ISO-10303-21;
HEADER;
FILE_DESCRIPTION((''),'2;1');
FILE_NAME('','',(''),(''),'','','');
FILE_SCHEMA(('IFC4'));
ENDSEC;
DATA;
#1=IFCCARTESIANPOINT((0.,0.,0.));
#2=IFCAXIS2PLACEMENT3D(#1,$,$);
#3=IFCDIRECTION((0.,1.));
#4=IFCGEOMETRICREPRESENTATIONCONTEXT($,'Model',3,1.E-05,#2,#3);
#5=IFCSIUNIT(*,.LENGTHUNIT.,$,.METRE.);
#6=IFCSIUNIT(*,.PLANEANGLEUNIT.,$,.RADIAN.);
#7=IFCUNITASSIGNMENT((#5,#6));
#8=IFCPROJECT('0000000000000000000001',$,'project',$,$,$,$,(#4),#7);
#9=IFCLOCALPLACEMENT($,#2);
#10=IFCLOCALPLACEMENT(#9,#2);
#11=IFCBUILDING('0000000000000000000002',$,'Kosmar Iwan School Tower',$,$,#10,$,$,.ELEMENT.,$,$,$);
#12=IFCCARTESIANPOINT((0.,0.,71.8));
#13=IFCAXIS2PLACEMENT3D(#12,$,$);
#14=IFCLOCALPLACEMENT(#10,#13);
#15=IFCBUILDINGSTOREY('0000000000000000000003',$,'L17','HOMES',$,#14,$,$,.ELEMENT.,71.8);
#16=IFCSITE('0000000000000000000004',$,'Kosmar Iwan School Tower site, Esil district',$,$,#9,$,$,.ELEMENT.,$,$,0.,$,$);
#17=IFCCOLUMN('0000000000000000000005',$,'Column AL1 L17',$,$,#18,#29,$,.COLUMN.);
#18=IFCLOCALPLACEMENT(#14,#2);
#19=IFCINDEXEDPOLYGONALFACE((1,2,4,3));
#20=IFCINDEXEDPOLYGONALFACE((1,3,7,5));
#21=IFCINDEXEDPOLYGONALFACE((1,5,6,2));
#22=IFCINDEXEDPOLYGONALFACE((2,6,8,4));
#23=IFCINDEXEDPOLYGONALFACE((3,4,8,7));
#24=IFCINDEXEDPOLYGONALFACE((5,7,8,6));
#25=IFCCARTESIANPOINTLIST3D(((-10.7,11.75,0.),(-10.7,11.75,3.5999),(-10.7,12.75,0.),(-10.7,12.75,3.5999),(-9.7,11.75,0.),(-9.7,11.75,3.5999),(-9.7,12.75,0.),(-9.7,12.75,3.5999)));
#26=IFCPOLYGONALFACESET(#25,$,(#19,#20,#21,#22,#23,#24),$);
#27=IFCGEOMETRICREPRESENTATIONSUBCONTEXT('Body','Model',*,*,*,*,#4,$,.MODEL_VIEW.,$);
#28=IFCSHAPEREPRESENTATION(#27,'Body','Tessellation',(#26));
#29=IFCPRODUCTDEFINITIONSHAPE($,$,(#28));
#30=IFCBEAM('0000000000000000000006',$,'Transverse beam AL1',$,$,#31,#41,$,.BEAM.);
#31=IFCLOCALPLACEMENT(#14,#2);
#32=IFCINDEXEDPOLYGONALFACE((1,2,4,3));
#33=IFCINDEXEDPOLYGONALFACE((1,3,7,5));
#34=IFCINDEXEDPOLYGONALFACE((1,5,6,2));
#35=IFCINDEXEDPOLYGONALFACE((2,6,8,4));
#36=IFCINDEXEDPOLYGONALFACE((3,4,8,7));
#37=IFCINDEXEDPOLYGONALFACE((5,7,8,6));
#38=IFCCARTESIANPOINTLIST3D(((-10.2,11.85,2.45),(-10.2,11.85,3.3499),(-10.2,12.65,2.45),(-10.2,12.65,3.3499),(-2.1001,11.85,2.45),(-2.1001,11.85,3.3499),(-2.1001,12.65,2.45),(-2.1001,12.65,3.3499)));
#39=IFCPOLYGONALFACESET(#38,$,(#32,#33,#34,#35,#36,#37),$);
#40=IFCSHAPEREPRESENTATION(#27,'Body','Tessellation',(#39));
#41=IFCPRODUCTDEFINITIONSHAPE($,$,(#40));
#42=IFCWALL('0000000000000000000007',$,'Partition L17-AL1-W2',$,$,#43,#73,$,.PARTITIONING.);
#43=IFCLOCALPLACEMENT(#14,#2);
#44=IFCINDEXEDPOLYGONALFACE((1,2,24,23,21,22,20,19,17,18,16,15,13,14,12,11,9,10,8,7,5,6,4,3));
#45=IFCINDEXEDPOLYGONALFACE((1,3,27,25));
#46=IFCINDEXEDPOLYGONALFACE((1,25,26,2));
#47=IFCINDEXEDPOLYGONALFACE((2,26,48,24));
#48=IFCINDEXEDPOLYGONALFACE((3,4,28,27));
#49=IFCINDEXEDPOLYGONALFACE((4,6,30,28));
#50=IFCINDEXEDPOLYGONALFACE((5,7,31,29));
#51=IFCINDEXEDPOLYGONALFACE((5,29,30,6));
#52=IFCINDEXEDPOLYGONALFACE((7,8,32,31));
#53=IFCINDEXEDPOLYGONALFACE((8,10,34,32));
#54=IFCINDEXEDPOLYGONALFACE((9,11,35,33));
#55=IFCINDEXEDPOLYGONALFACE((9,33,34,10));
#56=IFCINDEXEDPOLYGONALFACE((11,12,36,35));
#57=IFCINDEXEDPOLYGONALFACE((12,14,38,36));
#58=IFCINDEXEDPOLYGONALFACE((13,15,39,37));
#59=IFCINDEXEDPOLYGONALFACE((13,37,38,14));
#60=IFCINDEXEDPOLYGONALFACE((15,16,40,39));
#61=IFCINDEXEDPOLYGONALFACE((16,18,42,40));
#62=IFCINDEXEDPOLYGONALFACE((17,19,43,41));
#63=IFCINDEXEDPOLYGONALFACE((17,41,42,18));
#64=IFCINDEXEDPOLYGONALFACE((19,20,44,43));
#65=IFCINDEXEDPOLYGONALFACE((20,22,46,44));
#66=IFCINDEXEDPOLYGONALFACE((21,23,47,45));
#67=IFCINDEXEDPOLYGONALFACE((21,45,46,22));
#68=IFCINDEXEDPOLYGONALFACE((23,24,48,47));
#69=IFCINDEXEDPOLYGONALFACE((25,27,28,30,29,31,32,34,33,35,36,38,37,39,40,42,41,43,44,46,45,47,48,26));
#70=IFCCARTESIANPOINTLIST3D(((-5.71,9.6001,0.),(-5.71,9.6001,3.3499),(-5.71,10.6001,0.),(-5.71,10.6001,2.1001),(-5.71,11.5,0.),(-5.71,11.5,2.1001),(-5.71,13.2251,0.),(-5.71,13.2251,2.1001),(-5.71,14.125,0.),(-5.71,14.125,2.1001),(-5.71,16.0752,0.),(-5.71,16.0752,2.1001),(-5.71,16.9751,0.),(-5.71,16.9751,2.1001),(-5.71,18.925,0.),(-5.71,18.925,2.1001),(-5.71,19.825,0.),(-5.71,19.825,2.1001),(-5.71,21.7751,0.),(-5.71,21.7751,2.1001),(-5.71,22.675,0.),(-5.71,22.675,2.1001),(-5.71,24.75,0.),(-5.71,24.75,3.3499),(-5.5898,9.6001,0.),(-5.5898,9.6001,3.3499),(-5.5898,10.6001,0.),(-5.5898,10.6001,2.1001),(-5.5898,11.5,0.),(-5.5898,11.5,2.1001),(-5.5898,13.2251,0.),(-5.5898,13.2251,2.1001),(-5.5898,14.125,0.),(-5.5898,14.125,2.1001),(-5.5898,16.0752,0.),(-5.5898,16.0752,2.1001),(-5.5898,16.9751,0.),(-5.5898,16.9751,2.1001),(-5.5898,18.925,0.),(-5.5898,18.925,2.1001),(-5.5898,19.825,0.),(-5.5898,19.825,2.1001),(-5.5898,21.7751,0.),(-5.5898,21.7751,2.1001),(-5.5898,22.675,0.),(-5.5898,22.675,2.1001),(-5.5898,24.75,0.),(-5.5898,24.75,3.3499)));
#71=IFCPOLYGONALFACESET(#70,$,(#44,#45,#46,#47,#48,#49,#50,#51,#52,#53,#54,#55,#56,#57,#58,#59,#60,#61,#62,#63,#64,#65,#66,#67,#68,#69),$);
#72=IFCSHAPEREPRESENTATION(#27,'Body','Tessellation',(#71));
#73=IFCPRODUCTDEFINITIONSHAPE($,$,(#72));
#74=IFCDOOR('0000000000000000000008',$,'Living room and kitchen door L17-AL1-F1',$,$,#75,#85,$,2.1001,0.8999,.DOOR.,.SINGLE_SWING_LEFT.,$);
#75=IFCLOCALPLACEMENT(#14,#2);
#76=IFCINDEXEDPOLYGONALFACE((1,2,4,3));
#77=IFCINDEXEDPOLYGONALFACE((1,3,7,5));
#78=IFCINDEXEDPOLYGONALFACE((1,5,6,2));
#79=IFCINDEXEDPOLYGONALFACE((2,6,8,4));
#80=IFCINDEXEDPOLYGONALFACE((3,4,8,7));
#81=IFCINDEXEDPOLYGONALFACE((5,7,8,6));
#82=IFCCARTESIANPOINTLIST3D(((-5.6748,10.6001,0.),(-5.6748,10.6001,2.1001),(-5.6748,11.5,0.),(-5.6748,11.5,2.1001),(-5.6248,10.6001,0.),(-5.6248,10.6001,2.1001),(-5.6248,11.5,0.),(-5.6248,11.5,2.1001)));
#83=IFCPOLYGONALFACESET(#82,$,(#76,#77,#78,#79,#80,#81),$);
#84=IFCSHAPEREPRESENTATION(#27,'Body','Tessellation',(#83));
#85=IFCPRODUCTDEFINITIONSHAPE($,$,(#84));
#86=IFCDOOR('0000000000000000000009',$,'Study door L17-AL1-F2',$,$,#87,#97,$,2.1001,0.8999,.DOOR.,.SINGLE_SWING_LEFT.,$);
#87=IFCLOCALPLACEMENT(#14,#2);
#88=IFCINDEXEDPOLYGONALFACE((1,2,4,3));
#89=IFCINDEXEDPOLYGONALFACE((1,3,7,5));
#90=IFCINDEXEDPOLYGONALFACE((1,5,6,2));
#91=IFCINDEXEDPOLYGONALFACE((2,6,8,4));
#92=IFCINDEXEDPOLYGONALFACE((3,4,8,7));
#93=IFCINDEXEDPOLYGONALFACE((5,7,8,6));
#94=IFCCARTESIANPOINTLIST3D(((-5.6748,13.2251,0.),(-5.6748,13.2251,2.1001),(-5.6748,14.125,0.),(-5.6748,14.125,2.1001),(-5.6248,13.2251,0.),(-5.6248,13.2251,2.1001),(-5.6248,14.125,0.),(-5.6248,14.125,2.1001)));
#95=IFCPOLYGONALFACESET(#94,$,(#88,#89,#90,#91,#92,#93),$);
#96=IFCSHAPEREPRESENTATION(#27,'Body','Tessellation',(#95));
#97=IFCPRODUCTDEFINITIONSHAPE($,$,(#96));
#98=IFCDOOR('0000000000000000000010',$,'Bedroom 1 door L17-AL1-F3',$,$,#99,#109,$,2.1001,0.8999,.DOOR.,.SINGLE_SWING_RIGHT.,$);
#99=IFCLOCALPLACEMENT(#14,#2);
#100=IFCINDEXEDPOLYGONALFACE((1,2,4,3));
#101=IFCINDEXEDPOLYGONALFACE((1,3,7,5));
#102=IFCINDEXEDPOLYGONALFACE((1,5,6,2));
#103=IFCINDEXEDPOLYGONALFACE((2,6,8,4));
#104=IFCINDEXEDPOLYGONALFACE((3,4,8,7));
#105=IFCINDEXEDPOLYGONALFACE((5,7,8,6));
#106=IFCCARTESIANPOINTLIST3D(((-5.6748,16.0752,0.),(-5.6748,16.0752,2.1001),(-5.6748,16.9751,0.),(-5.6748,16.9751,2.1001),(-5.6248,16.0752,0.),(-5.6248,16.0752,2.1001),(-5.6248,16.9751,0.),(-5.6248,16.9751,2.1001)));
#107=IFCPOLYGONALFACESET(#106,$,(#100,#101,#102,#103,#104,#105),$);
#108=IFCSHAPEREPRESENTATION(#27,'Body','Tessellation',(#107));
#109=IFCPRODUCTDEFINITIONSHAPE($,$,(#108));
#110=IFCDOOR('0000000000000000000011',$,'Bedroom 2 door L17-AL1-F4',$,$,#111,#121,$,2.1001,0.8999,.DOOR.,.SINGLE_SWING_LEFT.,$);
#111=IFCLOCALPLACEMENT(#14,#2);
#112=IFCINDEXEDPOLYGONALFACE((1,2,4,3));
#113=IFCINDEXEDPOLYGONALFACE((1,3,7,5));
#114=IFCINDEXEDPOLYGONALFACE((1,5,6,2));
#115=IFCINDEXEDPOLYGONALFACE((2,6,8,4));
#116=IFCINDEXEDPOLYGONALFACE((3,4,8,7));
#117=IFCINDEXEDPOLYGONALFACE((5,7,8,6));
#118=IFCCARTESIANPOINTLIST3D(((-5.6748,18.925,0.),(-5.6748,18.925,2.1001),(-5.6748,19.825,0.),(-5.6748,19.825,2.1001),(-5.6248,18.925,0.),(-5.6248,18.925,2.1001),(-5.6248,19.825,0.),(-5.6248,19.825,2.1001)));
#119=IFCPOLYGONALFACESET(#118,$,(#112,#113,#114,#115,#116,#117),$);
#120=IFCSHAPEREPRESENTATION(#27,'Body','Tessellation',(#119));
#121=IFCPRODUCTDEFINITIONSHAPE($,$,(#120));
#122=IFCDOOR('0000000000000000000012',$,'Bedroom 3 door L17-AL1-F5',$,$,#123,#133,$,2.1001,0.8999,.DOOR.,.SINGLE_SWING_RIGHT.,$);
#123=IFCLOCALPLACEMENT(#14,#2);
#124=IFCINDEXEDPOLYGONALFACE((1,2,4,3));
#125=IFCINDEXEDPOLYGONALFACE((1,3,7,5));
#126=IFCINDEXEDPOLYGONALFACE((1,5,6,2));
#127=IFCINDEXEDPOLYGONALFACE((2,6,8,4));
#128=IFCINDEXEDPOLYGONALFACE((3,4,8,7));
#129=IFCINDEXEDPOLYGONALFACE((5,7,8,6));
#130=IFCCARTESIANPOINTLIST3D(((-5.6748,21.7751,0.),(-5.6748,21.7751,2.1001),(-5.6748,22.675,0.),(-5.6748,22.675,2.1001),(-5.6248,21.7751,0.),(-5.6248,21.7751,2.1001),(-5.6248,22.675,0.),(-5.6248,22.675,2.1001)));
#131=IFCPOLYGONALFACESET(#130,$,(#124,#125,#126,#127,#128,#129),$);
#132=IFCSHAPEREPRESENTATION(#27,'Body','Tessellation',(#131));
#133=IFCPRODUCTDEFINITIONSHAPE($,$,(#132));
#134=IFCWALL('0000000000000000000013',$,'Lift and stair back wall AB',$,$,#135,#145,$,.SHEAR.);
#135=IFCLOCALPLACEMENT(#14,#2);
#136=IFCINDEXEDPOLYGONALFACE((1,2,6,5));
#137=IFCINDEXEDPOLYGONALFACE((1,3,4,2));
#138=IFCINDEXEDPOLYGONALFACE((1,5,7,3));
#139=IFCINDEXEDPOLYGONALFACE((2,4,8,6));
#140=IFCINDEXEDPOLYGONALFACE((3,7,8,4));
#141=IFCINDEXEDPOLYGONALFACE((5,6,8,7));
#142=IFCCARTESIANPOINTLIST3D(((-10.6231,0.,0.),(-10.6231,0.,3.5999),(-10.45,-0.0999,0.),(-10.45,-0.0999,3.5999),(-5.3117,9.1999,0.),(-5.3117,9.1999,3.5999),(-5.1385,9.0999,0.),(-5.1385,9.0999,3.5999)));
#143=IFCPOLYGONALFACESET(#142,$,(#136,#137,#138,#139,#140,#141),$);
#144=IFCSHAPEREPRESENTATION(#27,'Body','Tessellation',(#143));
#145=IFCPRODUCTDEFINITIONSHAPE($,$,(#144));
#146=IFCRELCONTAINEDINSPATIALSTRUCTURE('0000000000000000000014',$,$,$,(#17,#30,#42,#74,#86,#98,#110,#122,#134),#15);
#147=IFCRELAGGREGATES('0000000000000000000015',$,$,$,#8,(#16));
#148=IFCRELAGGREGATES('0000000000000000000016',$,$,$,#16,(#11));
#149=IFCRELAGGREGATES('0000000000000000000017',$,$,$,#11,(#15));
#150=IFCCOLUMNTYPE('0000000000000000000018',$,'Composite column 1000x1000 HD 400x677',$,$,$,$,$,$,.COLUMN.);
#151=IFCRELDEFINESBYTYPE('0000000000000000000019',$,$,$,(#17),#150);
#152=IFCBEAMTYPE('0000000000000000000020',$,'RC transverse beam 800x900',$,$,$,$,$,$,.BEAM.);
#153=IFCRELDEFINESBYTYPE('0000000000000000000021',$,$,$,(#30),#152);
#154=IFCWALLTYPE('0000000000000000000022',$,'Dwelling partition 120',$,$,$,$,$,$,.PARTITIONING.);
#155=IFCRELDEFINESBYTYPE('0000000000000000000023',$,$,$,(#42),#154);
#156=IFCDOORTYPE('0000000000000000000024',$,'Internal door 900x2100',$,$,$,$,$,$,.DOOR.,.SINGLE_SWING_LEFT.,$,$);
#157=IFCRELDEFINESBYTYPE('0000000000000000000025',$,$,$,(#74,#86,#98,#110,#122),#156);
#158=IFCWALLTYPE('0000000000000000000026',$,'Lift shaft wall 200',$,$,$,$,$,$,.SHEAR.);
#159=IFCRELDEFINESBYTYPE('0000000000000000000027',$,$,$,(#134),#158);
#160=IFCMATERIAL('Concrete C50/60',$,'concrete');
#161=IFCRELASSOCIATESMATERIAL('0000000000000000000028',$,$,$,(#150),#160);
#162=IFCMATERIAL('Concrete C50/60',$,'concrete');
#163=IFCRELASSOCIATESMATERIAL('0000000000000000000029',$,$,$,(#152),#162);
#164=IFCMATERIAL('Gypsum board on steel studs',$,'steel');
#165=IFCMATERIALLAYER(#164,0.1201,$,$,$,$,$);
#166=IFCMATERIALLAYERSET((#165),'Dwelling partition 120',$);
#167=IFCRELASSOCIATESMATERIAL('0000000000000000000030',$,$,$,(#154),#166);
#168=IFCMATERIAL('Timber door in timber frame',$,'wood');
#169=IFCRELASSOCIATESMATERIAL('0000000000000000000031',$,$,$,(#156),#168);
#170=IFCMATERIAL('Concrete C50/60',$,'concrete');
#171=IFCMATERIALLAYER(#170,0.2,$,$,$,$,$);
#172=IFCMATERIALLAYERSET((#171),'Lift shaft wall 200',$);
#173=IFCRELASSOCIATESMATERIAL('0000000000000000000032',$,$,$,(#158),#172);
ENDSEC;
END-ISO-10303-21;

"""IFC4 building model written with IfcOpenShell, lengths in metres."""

from ifc_helpers import new_model, si_unit, direction, frame, frame_2d, origin, origin_2d, place, context, subcontext, project, spatial, rectangle, extrude, material, layer, layer_set, material_profile, profile_set, type_object, element, fill, save


model = new_model("IFC4")

# Units and contexts
model_context = context("Model", 3, precision=1e-05, world=origin(), true_north=direction((0.0, 1.0)))
body_context = subcontext(model_context, "Body", "Model", "MODEL_VIEW")
ifc_project = project(units=[si_unit("LENGTHUNIT", "METRE"), si_unit("PLANEANGLEUNIT", "RADIAN")], contexts=[model_context])

# Site, building, storey
site_placement = place(None, origin())
site = spatial("IfcSite", under=ifc_project, at=site_placement, Name="Kosmar Iwan School Tower site, Esil district", CompositionType="ELEMENT", RefElevation=0.0)
building_placement = place(site_placement, origin())
building = spatial("IfcBuilding", under=site, at=building_placement, Name="Kosmar Iwan School Tower", CompositionType="ELEMENT")
storey_placement = place(building_placement, frame((0.0, 0.0, 71.8)))
storey = spatial("IfcBuildingStorey", under=building, at=storey_placement, Name="L17", Description="HOMES", CompositionType="ELEMENT", Elevation=71.8)

# Column
ifc_material_1 = material(Name="Concrete C50/60", Category="concrete")
ifc_material_profile_1 = material_profile(ifc_material_1, rectangle(XDim=1.0, YDim=1.0, at=origin_2d()), Name="RC 1000x1000 + HD 400x677")
ifc_profile_set_1 = profile_set([ifc_material_profile_1], Name="Concrete C50/60")
column_type = type_object("IfcColumnType", Name="Composite column 1000x1000 HD 400x677", PredefinedType="COLUMN", material=ifc_profile_set_1)
column_placement = place(storey_placement, frame((-10.2, 12.25, 0.0), z_axis=(0.0, 0.0, 1.0), x_axis=(0.0, 1.0, 0.0)))
element("IfcColumn", 1, at=column_placement, inside=storey, type_object=column_type, Name="Column AL1 L17", PredefinedType="COLUMN", context=body_context, shape_type="SweptSolid", body=[
    extrude(rectangle(XDim=1.0, YDim=1.0, at=origin_2d()), origin(), (0.0, 0.0, 1.0), 3.5999),
])

# Beam
ifc_material_2 = material(Name="Concrete C50/60", Category="concrete")
ifc_material_profile_2 = material_profile(ifc_material_2, rectangle(XDim=0.8, YDim=0.8999, at=origin_2d()), Name="RC 800x900")
ifc_profile_set_2 = profile_set([ifc_material_profile_2], Name="Concrete C50/60")
beam_type = type_object("IfcBeamType", Name="RC transverse beam 800x900", PredefinedType="BEAM", material=ifc_profile_set_2)
beam_placement = place(storey_placement, frame((-10.2, 12.25, 2.8999), z_axis=(1.0, 0.0, 0.0), x_axis=(0.0, 1.0, 0.0)))
element("IfcBeam", 2, at=beam_placement, inside=storey, type_object=beam_type, Name="Transverse beam AL1", PredefinedType="BEAM", context=body_context, shape_type="SweptSolid", body=[
    extrude(rectangle(XDim=0.8, YDim=0.8999, at=origin_2d()), origin(), (0.0, 0.0, 1.0), 8.0999),
])

# Wall, openings, doors
ifc_material_3 = material(Name="Gypsum board on steel studs", Category="steel")
ifc_layer_1 = layer(ifc_material_3, 0.1201)
ifc_layer_set_1 = layer_set([ifc_layer_1], Name="Dwelling partition 120")
wall_type_1 = type_object("IfcWallType", Name="Dwelling partition 120", PredefinedType="PARTITIONING", material=ifc_layer_set_1)
wall_1_placement = place(storey_placement, frame((-5.6499, 9.6001, 0.0), z_axis=(0.0, 0.0, 1.0), x_axis=(0.0, 1.0, 0.0)))
wall_1 = element("IfcWall", 3, at=wall_1_placement, inside=storey, type_object=wall_type_1, Name="Partition L17-AL1-W2", PredefinedType="PARTITIONING", context=body_context, shape_type="SweptSolid", body=[
    extrude(rectangle(XDim=15.1499, YDim=0.1201, at=frame_2d((7.575, 0.0))), origin(), (0.0, 0.0, 1.0), 3.3499),
])
opening_1_placement = place(wall_1_placement, frame((1.0, 0.0, 0.0)))
opening_1 = element("IfcOpeningElement", 4, at=opening_1_placement, cuts=wall_1, PredefinedType="OPENING", context=body_context, shape_type="SweptSolid", body=[
    extrude(rectangle(XDim=0.8999, YDim=2.1001, at=frame_2d((0.45, 1.05))), frame((0.0, 0.072, 0.0), z_axis=(0.0, -1.0, 0.0), x_axis=(1.0, 0.0, 0.0)), (0.0, 0.0, 1.0), 0.144),
])
opening_2_placement = place(wall_1_placement, frame((3.625, 0.0, 0.0)))
opening_2 = element("IfcOpeningElement", 5, at=opening_2_placement, cuts=wall_1, PredefinedType="OPENING", context=body_context, shape_type="SweptSolid", body=[
    extrude(rectangle(XDim=0.8999, YDim=2.1001, at=frame_2d((0.45, 1.05))), frame((0.0, 0.072, 0.0), z_axis=(0.0, -1.0, 0.0), x_axis=(1.0, 0.0, 0.0)), (0.0, 0.0, 1.0), 0.144),
])
opening_3_placement = place(wall_1_placement, frame((6.4751, 0.0, 0.0)))
opening_3 = element("IfcOpeningElement", 6, at=opening_3_placement, cuts=wall_1, PredefinedType="OPENING", context=body_context, shape_type="SweptSolid", body=[
    extrude(rectangle(XDim=0.8999, YDim=2.1001, at=frame_2d((0.45, 1.05))), frame((0.0, 0.072, 0.0), z_axis=(0.0, -1.0, 0.0), x_axis=(1.0, 0.0, 0.0)), (0.0, 0.0, 1.0), 0.144),
])
opening_4_placement = place(wall_1_placement, frame((9.325, 0.0, 0.0)))
opening_4 = element("IfcOpeningElement", 7, at=opening_4_placement, cuts=wall_1, PredefinedType="OPENING", context=body_context, shape_type="SweptSolid", body=[
    extrude(rectangle(XDim=0.8999, YDim=2.1001, at=frame_2d((0.45, 1.05))), frame((0.0, 0.072, 0.0), z_axis=(0.0, -1.0, 0.0), x_axis=(1.0, 0.0, 0.0)), (0.0, 0.0, 1.0), 0.144),
])
opening_5_placement = place(wall_1_placement, frame((12.175, 0.0, 0.0)))
opening_5 = element("IfcOpeningElement", 8, at=opening_5_placement, cuts=wall_1, PredefinedType="OPENING", context=body_context, shape_type="SweptSolid", body=[
    extrude(rectangle(XDim=0.8999, YDim=2.1001, at=frame_2d((0.45, 1.05))), frame((0.0, 0.072, 0.0), z_axis=(0.0, -1.0, 0.0), x_axis=(1.0, 0.0, 0.0)), (0.0, 0.0, 1.0), 0.144),
])
ifc_material_4 = material(Name="Timber door in timber frame", Category="wood")
door_type = type_object("IfcDoorType", Name="Internal door 900x2100", OperationType="SINGLE_SWING_LEFT", PredefinedType="DOOR", material=ifc_material_4)
door_1_placement = place(opening_1_placement, origin())
door_1 = element("IfcDoor", 9, at=door_1_placement, inside=storey, type_object=door_type, Name="Living room and kitchen door L17-AL1-F1", OperationType="SINGLE_SWING_LEFT", OverallHeight=2.1001, OverallWidth=0.8999, PredefinedType="DOOR", context=body_context, shape_type="SweptSolid", body=[
    extrude(rectangle(XDim=0.8999, YDim=2.1001, at=frame_2d((0.45, 1.05))), frame((0.0, 0.0249, 0.0), z_axis=(0.0, -1.0, 0.0), x_axis=(1.0, 0.0, 0.0)), (0.0, 0.0, 1.0), 0.05),
])
fill(opening_1, door_1)
door_2_placement = place(opening_2_placement, origin())
door_2 = element("IfcDoor", 10, at=door_2_placement, inside=storey, type_object=door_type, Name="Study door L17-AL1-F2", OperationType="SINGLE_SWING_LEFT", OverallHeight=2.1001, OverallWidth=0.8999, PredefinedType="DOOR", context=body_context, shape_type="SweptSolid", body=[
    extrude(rectangle(XDim=0.8999, YDim=2.1001, at=frame_2d((0.45, 1.05))), frame((0.0, 0.0249, 0.0), z_axis=(0.0, -1.0, 0.0), x_axis=(1.0, 0.0, 0.0)), (0.0, 0.0, 1.0), 0.05),
])
fill(opening_2, door_2)
door_3_placement = place(opening_3_placement, origin())
door_3 = element("IfcDoor", 11, at=door_3_placement, inside=storey, type_object=door_type, Name="Bedroom 1 door L17-AL1-F3", OperationType="SINGLE_SWING_RIGHT", OverallHeight=2.1001, OverallWidth=0.8999, PredefinedType="DOOR", context=body_context, shape_type="SweptSolid", body=[
    extrude(rectangle(XDim=0.8999, YDim=2.1001, at=frame_2d((0.45, 1.05))), frame((0.0, 0.0249, 0.0), z_axis=(0.0, -1.0, 0.0), x_axis=(1.0, 0.0, 0.0)), (0.0, 0.0, 1.0), 0.05),
])
fill(opening_3, door_3)
door_4_placement = place(opening_4_placement, origin())
door_4 = element("IfcDoor", 12, at=door_4_placement, inside=storey, type_object=door_type, Name="Bedroom 2 door L17-AL1-F4", OperationType="SINGLE_SWING_LEFT", OverallHeight=2.1001, OverallWidth=0.8999, PredefinedType="DOOR", context=body_context, shape_type="SweptSolid", body=[
    extrude(rectangle(XDim=0.8999, YDim=2.1001, at=frame_2d((0.45, 1.05))), frame((0.0, 0.0249, 0.0), z_axis=(0.0, -1.0, 0.0), x_axis=(1.0, 0.0, 0.0)), (0.0, 0.0, 1.0), 0.05),
])
fill(opening_4, door_4)
door_5_placement = place(opening_5_placement, origin())
door_5 = element("IfcDoor", 13, at=door_5_placement, inside=storey, type_object=door_type, Name="Bedroom 3 door L17-AL1-F5", OperationType="SINGLE_SWING_RIGHT", OverallHeight=2.1001, OverallWidth=0.8999, PredefinedType="DOOR", context=body_context, shape_type="SweptSolid", body=[
    extrude(rectangle(XDim=0.8999, YDim=2.1001, at=frame_2d((0.45, 1.05))), frame((0.0, 0.0249, 0.0), z_axis=(0.0, -1.0, 0.0), x_axis=(1.0, 0.0, 0.0)), (0.0, 0.0, 1.0), 0.05),
])
fill(opening_5, door_5)

# Wall
ifc_material_5 = material(Name="Concrete C50/60", Category="concrete")
ifc_layer_2 = layer(ifc_material_5, 0.2)
ifc_layer_set_2 = layer_set([ifc_layer_2], Name="Lift shaft wall 200")
wall_type_2 = type_object("IfcWallType", Name="Lift shaft wall 200", PredefinedType="SHEAR", material=ifc_layer_set_2)
wall_2_placement = place(storey_placement, frame((-5.2251, 9.1499, 0.0), z_axis=(0.0, 0.0, 1.0), x_axis=(-0.499995, -0.866028, 0.0)))
element("IfcWall", 14, at=wall_2_placement, inside=storey, type_object=wall_type_2, Name="Lift and stair back wall AB", PredefinedType="SHEAR", context=body_context, shape_type="SweptSolid", body=[
    extrude(rectangle(XDim=10.623, YDim=0.2, at=frame_2d((5.3115, 0.0))), origin(), (0.0, 0.0, 1.0), 3.5999),
])

save(model, "model.ifc")
